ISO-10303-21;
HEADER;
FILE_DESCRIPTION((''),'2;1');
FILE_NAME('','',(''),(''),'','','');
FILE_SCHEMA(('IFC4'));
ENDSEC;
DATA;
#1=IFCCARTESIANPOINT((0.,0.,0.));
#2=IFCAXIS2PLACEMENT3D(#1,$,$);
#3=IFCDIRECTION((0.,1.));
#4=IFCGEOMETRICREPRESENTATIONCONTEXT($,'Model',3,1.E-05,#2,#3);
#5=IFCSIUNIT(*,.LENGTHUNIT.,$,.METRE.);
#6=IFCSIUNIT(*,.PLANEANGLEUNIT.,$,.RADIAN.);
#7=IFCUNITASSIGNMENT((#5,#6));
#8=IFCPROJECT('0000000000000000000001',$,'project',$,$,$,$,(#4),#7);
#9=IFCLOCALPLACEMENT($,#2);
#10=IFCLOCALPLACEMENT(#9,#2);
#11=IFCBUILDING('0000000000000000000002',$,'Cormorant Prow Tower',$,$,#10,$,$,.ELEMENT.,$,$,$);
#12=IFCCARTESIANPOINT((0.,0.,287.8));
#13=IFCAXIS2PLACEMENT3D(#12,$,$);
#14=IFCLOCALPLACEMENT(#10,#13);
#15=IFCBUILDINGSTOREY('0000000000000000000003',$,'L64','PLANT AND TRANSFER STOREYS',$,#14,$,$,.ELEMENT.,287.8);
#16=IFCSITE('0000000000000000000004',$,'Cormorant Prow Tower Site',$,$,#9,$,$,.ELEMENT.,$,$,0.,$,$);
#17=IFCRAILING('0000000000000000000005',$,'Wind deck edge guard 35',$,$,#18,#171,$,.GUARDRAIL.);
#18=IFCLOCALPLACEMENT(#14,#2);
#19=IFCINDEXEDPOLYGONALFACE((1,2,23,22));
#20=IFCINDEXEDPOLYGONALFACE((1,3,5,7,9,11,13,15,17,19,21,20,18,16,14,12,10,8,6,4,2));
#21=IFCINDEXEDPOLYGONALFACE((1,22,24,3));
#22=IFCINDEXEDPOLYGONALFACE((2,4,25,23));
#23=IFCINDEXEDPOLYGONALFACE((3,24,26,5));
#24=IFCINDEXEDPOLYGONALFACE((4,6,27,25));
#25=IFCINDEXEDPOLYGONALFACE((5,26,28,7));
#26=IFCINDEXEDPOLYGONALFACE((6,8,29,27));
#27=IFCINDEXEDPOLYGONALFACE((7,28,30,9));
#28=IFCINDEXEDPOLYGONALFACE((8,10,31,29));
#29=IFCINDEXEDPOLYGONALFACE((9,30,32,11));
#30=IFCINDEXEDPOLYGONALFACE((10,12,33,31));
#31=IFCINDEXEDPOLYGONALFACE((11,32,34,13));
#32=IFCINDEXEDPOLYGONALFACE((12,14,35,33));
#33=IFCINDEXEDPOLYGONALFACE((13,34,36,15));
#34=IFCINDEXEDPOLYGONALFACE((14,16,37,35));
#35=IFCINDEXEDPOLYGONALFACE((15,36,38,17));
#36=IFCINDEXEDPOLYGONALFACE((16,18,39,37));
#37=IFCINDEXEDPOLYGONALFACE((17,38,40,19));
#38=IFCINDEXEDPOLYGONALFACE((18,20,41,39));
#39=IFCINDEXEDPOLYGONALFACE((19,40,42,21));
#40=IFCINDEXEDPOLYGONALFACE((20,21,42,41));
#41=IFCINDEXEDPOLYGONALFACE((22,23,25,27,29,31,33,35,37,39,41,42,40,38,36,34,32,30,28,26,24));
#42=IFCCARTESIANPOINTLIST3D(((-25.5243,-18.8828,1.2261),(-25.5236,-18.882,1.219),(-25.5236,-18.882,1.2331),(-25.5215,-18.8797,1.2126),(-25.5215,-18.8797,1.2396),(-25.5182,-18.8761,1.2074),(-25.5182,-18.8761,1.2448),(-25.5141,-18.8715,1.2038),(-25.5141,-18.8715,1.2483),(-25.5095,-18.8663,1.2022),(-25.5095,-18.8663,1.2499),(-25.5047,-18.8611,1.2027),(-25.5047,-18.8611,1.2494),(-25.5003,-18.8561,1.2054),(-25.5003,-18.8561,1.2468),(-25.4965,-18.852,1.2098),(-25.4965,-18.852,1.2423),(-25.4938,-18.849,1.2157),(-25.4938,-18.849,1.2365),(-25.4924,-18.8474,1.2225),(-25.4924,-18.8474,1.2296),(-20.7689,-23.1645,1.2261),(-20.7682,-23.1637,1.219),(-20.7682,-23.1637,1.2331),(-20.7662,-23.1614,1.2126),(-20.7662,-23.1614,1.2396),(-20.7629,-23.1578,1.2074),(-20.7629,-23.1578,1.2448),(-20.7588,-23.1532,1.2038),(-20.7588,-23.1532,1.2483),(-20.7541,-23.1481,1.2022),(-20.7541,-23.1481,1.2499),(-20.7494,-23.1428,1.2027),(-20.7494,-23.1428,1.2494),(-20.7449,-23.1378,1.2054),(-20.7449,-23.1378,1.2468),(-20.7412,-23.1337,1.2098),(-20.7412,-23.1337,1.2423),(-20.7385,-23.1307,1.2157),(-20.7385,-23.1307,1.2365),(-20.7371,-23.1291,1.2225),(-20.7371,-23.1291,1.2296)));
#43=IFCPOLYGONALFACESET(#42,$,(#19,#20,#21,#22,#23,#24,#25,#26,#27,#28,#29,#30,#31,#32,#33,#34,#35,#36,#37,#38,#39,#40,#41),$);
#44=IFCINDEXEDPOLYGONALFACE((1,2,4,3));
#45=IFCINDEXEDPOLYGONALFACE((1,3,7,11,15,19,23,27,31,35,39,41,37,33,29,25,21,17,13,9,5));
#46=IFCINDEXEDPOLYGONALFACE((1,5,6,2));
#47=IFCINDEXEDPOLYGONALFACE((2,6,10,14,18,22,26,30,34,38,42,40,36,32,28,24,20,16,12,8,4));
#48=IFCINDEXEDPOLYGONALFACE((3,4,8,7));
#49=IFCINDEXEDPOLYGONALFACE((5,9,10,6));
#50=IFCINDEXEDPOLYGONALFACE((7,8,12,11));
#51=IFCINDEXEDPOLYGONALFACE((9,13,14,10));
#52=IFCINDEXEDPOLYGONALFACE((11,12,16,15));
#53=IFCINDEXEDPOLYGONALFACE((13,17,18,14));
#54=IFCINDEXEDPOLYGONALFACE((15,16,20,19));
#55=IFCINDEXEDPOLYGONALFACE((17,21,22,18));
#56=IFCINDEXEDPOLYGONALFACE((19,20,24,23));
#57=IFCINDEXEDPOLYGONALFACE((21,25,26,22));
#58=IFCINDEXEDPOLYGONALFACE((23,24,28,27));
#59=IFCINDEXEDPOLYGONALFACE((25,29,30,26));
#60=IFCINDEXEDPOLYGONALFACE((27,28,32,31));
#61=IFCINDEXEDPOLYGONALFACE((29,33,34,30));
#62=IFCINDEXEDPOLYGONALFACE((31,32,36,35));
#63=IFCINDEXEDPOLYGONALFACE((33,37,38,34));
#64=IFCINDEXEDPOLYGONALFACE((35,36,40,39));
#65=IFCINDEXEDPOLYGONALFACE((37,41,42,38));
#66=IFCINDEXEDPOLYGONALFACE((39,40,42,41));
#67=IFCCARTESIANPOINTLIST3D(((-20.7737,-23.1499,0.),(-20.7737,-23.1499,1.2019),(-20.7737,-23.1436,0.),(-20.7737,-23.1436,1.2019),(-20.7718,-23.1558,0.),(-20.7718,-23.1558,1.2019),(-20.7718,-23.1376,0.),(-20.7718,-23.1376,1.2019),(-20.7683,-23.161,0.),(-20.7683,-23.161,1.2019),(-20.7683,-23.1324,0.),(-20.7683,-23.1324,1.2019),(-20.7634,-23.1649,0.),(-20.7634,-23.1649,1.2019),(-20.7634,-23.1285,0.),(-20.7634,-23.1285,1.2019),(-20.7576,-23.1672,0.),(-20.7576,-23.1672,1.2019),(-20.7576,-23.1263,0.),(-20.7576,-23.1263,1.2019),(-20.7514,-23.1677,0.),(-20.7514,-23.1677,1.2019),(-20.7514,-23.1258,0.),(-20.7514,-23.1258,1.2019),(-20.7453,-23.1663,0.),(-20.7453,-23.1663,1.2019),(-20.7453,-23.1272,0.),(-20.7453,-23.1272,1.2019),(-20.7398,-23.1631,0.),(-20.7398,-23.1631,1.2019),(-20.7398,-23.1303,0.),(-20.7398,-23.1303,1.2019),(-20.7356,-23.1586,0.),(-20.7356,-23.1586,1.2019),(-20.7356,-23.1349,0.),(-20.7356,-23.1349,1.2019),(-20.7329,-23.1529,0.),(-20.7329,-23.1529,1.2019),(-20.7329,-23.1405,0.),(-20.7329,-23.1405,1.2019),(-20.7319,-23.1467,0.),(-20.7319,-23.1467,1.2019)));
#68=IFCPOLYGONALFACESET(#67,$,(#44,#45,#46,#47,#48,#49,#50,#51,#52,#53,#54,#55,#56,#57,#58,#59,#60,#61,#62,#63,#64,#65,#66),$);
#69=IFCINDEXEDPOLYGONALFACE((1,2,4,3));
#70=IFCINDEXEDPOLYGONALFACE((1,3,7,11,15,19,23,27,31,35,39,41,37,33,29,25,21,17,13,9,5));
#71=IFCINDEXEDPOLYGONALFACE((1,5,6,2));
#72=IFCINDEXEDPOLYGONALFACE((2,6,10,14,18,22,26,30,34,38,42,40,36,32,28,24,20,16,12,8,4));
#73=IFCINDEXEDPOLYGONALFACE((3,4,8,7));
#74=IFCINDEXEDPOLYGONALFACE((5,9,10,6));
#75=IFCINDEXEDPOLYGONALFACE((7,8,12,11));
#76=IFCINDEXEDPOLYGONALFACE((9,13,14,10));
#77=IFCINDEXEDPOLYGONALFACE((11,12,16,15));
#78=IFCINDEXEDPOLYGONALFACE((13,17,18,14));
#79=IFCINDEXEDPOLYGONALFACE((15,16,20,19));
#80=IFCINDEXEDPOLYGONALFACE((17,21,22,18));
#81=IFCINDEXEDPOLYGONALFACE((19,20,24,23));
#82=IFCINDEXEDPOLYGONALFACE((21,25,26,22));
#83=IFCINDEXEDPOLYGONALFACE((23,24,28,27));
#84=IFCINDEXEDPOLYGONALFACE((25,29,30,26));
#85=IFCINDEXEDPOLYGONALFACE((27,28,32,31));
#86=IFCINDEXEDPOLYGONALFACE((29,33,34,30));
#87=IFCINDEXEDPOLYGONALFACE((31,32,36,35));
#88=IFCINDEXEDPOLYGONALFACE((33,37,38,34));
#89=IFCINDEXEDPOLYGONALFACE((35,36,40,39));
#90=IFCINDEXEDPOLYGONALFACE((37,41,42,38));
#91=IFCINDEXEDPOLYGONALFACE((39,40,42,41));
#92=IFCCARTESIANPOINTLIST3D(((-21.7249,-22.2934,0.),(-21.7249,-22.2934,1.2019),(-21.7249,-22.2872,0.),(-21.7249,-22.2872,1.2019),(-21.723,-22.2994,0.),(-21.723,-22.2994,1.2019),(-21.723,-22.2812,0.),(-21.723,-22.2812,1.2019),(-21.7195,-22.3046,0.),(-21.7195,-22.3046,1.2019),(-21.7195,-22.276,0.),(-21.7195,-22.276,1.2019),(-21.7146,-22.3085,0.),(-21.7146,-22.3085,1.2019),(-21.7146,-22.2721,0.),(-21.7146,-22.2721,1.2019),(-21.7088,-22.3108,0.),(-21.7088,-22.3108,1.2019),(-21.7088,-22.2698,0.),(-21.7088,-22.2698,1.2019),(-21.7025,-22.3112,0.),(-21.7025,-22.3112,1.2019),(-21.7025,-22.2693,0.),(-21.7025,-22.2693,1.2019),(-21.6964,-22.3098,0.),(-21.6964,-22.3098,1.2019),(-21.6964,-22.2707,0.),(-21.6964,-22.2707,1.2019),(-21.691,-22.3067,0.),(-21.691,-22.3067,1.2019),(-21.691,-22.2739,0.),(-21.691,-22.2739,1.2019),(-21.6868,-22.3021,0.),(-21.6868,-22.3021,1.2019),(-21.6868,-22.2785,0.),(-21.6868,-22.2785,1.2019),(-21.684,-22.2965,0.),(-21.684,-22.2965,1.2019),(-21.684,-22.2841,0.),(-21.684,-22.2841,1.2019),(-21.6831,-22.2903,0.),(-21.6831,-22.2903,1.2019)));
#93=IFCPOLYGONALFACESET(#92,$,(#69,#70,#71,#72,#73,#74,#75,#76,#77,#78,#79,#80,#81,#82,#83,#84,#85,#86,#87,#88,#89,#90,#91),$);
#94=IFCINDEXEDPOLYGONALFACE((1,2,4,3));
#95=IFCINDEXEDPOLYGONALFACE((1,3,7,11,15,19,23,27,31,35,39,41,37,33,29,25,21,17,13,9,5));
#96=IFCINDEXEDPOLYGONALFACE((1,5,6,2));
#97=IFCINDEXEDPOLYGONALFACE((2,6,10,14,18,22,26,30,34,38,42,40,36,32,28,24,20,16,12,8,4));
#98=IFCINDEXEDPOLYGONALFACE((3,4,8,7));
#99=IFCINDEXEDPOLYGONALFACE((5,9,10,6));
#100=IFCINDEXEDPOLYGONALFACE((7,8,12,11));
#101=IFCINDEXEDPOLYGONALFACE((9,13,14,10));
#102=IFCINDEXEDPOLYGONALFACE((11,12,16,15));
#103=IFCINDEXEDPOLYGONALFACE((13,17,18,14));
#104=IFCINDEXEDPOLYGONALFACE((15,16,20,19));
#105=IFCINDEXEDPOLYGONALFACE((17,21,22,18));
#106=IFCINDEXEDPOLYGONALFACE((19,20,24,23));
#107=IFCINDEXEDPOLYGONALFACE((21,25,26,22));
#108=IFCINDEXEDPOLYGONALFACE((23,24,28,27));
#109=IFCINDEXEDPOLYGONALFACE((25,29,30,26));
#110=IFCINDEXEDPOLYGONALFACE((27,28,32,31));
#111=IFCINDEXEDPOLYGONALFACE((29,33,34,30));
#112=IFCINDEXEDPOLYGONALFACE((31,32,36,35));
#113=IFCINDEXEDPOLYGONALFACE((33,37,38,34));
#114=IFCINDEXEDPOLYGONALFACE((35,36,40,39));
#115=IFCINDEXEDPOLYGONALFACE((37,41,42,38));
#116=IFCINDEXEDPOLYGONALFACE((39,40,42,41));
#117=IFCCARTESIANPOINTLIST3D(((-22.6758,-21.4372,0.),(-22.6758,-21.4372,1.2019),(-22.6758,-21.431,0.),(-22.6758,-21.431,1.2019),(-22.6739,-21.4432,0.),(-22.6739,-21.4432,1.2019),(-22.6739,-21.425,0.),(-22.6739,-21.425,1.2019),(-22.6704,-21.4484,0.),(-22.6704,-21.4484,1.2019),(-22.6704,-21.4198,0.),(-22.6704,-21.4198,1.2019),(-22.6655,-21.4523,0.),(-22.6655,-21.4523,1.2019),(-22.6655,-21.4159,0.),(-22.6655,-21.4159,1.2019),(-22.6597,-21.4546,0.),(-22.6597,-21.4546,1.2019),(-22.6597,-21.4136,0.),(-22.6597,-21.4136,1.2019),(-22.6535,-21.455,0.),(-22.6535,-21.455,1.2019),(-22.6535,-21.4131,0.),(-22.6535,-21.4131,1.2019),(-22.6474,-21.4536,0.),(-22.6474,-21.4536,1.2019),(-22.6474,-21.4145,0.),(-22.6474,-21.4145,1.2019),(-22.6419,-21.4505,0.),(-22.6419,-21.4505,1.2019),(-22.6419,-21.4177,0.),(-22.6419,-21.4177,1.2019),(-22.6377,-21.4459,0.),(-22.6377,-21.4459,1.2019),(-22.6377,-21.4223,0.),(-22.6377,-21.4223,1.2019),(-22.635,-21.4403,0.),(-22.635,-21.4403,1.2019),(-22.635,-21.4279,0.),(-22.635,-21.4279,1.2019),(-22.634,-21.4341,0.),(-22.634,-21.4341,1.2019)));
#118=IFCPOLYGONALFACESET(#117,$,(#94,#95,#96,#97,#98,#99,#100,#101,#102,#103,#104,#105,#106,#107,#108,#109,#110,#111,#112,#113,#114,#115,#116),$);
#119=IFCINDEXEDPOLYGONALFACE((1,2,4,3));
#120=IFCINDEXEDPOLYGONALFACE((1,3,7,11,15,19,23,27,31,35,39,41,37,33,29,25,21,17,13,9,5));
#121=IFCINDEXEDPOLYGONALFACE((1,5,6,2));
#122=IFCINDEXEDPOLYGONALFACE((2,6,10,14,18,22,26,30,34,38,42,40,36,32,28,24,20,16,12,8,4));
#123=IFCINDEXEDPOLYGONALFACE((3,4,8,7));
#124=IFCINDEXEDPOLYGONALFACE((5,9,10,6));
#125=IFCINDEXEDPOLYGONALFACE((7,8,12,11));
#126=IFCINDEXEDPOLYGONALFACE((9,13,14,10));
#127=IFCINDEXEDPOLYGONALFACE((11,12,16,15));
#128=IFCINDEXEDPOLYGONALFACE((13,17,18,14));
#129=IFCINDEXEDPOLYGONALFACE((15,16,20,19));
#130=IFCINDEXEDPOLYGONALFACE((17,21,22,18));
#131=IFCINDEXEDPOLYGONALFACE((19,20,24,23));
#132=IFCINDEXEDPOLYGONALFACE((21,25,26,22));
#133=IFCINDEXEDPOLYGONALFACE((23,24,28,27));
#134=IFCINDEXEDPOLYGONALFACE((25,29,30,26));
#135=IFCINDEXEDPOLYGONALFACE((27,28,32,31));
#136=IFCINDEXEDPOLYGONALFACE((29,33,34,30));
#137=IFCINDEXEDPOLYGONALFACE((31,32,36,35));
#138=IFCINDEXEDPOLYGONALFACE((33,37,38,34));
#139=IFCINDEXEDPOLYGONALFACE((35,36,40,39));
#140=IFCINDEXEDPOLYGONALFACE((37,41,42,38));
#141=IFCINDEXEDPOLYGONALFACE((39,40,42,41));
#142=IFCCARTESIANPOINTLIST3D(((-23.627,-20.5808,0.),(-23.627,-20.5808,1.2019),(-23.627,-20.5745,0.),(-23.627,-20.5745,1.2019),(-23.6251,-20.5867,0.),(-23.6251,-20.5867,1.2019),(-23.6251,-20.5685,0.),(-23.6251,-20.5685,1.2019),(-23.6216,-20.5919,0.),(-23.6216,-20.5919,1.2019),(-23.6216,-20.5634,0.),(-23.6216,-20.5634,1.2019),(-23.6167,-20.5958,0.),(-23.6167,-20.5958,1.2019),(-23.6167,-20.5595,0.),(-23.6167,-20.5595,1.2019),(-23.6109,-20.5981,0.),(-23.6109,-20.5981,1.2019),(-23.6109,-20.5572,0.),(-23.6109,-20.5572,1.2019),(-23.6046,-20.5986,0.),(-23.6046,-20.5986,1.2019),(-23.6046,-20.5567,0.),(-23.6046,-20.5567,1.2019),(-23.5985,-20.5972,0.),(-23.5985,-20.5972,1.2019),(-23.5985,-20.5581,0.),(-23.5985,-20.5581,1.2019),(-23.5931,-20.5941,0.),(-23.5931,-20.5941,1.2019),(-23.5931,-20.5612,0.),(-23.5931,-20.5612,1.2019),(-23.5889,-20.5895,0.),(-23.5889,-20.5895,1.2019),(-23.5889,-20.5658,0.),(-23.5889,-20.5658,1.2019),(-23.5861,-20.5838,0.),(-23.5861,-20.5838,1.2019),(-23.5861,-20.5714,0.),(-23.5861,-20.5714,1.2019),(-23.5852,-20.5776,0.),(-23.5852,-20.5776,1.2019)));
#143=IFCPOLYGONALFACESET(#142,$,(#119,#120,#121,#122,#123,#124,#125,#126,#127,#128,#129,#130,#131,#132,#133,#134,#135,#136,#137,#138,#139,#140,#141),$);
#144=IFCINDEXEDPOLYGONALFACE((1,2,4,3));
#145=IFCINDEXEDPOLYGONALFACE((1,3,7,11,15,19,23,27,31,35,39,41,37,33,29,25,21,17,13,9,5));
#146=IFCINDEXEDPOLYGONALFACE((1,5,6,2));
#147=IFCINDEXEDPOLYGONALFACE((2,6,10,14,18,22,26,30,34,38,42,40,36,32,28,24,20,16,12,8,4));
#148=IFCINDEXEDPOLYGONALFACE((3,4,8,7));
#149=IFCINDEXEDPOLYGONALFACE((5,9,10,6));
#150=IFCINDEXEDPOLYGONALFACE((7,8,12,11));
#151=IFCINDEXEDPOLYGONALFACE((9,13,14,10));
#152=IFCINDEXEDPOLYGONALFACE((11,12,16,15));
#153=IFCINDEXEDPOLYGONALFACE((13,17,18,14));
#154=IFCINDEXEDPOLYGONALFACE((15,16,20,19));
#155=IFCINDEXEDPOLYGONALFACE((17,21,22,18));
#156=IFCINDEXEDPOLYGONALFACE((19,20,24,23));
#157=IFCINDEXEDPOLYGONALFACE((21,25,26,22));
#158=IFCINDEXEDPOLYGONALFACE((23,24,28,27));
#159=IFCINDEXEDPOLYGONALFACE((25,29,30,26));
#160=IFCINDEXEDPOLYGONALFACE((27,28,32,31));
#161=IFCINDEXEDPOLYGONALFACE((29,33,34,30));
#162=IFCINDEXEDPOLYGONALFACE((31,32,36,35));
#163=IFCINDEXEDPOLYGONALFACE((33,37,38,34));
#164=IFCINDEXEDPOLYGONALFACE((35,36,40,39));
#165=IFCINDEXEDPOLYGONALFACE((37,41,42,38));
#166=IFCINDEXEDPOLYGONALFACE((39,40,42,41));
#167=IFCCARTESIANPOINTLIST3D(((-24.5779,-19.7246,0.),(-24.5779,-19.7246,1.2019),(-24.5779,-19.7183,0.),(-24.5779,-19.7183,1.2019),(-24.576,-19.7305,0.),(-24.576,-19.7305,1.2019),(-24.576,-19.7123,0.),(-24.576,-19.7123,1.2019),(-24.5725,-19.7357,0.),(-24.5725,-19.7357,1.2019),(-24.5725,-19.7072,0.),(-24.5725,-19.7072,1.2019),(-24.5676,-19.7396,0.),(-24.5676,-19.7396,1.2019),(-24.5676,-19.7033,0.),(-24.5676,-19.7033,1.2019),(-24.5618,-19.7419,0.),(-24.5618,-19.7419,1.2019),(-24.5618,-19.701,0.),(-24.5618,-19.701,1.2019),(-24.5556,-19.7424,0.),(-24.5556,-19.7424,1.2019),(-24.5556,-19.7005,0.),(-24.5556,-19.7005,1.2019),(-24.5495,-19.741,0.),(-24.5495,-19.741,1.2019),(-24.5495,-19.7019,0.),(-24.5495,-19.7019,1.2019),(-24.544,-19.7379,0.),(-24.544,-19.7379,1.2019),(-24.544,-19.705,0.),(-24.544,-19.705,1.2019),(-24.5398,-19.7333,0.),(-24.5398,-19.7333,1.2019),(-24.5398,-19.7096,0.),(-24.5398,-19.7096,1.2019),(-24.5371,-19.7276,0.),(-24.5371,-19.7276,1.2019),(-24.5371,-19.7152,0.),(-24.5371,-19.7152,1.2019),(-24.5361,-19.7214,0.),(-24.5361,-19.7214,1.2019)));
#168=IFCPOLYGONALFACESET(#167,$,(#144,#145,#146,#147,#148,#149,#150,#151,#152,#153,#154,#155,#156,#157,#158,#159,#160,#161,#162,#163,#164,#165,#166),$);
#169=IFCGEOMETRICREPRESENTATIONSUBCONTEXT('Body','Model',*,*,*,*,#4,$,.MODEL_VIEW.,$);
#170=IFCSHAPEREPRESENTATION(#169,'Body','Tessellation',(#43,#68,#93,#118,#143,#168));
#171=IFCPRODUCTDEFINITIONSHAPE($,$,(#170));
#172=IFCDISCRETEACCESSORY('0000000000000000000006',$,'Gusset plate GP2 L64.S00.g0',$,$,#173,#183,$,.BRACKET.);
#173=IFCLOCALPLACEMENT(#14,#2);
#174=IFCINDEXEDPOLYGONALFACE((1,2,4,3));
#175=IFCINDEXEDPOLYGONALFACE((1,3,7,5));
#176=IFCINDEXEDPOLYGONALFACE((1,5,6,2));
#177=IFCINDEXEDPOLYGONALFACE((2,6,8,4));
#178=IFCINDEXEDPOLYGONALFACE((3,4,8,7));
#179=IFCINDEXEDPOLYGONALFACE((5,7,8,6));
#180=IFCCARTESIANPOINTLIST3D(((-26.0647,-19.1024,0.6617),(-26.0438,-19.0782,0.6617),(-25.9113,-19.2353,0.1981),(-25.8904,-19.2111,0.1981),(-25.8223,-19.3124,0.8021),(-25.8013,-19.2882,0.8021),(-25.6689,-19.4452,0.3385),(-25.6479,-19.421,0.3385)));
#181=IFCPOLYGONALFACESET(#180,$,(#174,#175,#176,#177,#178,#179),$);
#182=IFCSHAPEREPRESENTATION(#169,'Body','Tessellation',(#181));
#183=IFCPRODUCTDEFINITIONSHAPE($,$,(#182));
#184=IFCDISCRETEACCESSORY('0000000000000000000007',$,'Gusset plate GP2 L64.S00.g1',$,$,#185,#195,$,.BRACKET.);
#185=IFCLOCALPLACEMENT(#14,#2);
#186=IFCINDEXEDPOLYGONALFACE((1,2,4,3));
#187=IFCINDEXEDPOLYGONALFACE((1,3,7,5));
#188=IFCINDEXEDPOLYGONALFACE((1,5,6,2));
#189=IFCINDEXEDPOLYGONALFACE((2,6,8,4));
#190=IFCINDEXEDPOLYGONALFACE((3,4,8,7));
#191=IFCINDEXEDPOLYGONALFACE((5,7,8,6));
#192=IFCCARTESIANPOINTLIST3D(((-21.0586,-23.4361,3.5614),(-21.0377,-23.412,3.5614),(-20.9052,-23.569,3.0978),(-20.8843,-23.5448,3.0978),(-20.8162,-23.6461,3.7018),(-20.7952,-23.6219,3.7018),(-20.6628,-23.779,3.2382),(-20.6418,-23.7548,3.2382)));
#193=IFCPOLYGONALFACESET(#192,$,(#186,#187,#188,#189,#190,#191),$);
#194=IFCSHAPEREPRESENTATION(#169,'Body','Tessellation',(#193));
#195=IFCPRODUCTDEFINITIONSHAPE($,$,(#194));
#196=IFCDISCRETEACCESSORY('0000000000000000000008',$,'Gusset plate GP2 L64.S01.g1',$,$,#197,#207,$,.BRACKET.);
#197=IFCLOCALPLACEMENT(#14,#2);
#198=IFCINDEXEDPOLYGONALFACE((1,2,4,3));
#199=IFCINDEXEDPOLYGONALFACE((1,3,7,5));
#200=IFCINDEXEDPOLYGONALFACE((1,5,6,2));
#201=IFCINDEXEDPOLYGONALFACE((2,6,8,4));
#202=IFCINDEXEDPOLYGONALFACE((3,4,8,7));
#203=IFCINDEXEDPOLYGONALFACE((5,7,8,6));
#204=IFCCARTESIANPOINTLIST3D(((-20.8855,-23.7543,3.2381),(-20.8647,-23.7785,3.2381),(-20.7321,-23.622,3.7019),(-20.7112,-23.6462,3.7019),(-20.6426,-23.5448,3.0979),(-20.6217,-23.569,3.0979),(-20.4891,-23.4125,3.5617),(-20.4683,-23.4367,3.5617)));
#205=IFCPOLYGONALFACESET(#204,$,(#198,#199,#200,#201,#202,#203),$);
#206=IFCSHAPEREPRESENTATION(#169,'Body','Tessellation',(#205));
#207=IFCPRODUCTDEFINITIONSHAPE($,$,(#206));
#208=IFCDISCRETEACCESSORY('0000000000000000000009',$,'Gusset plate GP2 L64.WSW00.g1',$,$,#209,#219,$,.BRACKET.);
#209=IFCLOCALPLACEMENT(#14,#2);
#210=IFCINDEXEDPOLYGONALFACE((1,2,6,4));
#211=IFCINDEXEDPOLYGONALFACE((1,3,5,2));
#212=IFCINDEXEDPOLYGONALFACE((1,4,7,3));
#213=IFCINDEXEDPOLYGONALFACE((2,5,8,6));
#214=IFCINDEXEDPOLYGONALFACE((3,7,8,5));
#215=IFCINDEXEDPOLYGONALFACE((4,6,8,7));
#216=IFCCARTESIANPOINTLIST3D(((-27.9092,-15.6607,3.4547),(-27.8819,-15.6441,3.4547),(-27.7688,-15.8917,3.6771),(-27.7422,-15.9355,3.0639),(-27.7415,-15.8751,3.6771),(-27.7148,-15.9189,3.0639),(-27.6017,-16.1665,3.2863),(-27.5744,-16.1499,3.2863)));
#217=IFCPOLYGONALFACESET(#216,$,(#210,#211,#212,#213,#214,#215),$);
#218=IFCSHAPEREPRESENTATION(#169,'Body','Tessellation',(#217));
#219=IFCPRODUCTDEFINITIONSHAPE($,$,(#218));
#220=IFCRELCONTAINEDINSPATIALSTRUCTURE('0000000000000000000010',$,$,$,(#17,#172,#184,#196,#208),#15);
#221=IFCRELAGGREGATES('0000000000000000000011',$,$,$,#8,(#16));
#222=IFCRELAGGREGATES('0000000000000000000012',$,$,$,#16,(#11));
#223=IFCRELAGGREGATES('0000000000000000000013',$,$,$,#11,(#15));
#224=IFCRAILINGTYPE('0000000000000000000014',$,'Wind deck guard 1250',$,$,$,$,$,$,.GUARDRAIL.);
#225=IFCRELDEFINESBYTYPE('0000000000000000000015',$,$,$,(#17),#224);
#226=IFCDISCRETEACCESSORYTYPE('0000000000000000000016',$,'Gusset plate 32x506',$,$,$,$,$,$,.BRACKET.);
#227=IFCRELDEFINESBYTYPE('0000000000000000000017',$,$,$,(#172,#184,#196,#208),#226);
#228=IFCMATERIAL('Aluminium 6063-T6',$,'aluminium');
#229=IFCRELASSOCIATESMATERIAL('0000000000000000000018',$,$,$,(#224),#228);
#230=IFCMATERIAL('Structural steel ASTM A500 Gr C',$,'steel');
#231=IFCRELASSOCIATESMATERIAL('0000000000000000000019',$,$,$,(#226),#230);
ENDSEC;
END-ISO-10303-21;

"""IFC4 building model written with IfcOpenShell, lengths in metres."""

from ifc_helpers import new_model, si_unit, direction, frame, origin, origin_2d, place, context, subcontext, project, spatial, rectangle, circle, extrude, material, material_profile, profile_set, type_object, element, save


model = new_model("IFC4")

# Units and contexts
model_context = context("Model", 3, precision=1e-05, world=origin(), true_north=direction((0.0, 1.0)))
body_context = subcontext(model_context, "Body", "Model", "MODEL_VIEW")
ifc_project = project(units=[si_unit("LENGTHUNIT", "METRE"), si_unit("PLANEANGLEUNIT", "RADIAN")], contexts=[model_context])

# Site, building, storey
site_placement = place(None, origin())
site = spatial("IfcSite", under=ifc_project, at=site_placement, Name="Cormorant Prow Tower Site", CompositionType="ELEMENT", RefElevation=0.0)
building_placement = place(site_placement, origin())
building = spatial("IfcBuilding", under=site, at=building_placement, Name="Cormorant Prow Tower", CompositionType="ELEMENT")
storey_placement = place(building_placement, frame((0.0, 0.0, 287.8)))
storey = spatial("IfcBuildingStorey", under=building, at=storey_placement, Name="L64", Description="PLANT AND TRANSFER STOREYS", CompositionType="ELEMENT", Elevation=287.8)

# Railing
ifc_material_1 = material(Name="Aluminium 6063-T6", Category="aluminium")
railing_type = type_object("IfcRailingType", Name="Wind deck guard 1250", PredefinedType="GUARDRAIL", material=ifc_material_1)
railing_placement = place(storey_placement, frame((-20.7529, -23.1467, 0.0)))
element("IfcRailing", 1, at=railing_placement, inside=storey, type_object=railing_type, Name="Wind deck edge guard 35", PredefinedType="GUARDRAIL", context=body_context, shape_type="SweptSolid", body=[
    extrude(circle(Radius=0.0239, at=origin_2d()), frame((0.0, 0.0, 1.2261), z_axis=(-0.743146, 0.669129, 0.0), x_axis=(-0.669129, -0.743146, 0.0)), (0.0, 0.0, 1.0), 6.3989),
    extrude(circle(Radius=0.021, at=origin_2d()), origin(), (0.0, 0.0, 1.0), 1.2019),
    extrude(circle(Radius=0.021, at=origin_2d()), frame((-0.9512, 0.8564, 0.0)), (0.0, 0.0, 1.0), 1.2019),
    extrude(circle(Radius=0.021, at=origin_2d()), frame((-1.9021, 1.7126, 0.0)), (0.0, 0.0, 1.0), 1.2019),
    extrude(circle(Radius=0.021, at=origin_2d()), frame((-2.8533, 2.5691, 0.0)), (0.0, 0.0, 1.0), 1.2019),
    extrude(circle(Radius=0.021, at=origin_2d()), frame((-3.8042, 3.4253, 0.0)), (0.0, 0.0, 1.0), 1.2019),
])

# Discrete accessories
ifc_material_2 = material(Name="Structural steel ASTM A500 Gr C", Category="steel")
ifc_material_profile_1 = material_profile(ifc_material_2, rectangle(XDim=0.032, YDim=0.5061, at=origin_2d()), Name="Gusset plate 32x506")
ifc_profile_set_1 = profile_set([ifc_material_profile_1], Name="Structural steel ASTM A500 Gr C")
discrete_accessory_type_1 = type_object("IfcDiscreteAccessoryType", Name="Gusset plate 32x506", PredefinedType="BRACKET", material=ifc_profile_set_1)
for number, where, z_axis, x_axis, name in (
    (2, (-25.7351, -19.3667, 0.5703), (-0.692482, 0.599733, -0.400984), (-0.65467, -0.755915, 0.0), "Gusset plate GP2 L64.S00.g0"),
    (3, (-20.9714, -23.4905, 3.3296), (0.692482, -0.599733, 0.400984), (0.65467, 0.755915, 0.0), "Gusset plate GP2 L64.S00.g1"),
    (4, (-20.5554, -23.4907, 3.3298), (-0.69398, -0.598427, 0.400346), (0.653045, -0.757319, 0.0), "Gusset plate GP2 L64.S01.g1"),
    (5, (-27.812, -15.7898, 3.2593), (0.401063, -0.659837, 0.635424), (0.85453, 0.519402, 0.0), "Gusset plate GP2 L64.WSW00.g1"),
):
    element("IfcDiscreteAccessory", number, at=place(storey_placement, frame(where, z_axis=z_axis, x_axis=x_axis)), inside=storey, type_object=discrete_accessory_type_1, Name=name, PredefinedType="BRACKET", context=body_context, shape_type="SweptSolid", body=[
        extrude(rectangle(XDim=0.032, YDim=0.5061, at=origin_2d()), origin(), (0.0, 0.0, 1.0), 0.3501),
    ])

save(model, "model.ifc")
